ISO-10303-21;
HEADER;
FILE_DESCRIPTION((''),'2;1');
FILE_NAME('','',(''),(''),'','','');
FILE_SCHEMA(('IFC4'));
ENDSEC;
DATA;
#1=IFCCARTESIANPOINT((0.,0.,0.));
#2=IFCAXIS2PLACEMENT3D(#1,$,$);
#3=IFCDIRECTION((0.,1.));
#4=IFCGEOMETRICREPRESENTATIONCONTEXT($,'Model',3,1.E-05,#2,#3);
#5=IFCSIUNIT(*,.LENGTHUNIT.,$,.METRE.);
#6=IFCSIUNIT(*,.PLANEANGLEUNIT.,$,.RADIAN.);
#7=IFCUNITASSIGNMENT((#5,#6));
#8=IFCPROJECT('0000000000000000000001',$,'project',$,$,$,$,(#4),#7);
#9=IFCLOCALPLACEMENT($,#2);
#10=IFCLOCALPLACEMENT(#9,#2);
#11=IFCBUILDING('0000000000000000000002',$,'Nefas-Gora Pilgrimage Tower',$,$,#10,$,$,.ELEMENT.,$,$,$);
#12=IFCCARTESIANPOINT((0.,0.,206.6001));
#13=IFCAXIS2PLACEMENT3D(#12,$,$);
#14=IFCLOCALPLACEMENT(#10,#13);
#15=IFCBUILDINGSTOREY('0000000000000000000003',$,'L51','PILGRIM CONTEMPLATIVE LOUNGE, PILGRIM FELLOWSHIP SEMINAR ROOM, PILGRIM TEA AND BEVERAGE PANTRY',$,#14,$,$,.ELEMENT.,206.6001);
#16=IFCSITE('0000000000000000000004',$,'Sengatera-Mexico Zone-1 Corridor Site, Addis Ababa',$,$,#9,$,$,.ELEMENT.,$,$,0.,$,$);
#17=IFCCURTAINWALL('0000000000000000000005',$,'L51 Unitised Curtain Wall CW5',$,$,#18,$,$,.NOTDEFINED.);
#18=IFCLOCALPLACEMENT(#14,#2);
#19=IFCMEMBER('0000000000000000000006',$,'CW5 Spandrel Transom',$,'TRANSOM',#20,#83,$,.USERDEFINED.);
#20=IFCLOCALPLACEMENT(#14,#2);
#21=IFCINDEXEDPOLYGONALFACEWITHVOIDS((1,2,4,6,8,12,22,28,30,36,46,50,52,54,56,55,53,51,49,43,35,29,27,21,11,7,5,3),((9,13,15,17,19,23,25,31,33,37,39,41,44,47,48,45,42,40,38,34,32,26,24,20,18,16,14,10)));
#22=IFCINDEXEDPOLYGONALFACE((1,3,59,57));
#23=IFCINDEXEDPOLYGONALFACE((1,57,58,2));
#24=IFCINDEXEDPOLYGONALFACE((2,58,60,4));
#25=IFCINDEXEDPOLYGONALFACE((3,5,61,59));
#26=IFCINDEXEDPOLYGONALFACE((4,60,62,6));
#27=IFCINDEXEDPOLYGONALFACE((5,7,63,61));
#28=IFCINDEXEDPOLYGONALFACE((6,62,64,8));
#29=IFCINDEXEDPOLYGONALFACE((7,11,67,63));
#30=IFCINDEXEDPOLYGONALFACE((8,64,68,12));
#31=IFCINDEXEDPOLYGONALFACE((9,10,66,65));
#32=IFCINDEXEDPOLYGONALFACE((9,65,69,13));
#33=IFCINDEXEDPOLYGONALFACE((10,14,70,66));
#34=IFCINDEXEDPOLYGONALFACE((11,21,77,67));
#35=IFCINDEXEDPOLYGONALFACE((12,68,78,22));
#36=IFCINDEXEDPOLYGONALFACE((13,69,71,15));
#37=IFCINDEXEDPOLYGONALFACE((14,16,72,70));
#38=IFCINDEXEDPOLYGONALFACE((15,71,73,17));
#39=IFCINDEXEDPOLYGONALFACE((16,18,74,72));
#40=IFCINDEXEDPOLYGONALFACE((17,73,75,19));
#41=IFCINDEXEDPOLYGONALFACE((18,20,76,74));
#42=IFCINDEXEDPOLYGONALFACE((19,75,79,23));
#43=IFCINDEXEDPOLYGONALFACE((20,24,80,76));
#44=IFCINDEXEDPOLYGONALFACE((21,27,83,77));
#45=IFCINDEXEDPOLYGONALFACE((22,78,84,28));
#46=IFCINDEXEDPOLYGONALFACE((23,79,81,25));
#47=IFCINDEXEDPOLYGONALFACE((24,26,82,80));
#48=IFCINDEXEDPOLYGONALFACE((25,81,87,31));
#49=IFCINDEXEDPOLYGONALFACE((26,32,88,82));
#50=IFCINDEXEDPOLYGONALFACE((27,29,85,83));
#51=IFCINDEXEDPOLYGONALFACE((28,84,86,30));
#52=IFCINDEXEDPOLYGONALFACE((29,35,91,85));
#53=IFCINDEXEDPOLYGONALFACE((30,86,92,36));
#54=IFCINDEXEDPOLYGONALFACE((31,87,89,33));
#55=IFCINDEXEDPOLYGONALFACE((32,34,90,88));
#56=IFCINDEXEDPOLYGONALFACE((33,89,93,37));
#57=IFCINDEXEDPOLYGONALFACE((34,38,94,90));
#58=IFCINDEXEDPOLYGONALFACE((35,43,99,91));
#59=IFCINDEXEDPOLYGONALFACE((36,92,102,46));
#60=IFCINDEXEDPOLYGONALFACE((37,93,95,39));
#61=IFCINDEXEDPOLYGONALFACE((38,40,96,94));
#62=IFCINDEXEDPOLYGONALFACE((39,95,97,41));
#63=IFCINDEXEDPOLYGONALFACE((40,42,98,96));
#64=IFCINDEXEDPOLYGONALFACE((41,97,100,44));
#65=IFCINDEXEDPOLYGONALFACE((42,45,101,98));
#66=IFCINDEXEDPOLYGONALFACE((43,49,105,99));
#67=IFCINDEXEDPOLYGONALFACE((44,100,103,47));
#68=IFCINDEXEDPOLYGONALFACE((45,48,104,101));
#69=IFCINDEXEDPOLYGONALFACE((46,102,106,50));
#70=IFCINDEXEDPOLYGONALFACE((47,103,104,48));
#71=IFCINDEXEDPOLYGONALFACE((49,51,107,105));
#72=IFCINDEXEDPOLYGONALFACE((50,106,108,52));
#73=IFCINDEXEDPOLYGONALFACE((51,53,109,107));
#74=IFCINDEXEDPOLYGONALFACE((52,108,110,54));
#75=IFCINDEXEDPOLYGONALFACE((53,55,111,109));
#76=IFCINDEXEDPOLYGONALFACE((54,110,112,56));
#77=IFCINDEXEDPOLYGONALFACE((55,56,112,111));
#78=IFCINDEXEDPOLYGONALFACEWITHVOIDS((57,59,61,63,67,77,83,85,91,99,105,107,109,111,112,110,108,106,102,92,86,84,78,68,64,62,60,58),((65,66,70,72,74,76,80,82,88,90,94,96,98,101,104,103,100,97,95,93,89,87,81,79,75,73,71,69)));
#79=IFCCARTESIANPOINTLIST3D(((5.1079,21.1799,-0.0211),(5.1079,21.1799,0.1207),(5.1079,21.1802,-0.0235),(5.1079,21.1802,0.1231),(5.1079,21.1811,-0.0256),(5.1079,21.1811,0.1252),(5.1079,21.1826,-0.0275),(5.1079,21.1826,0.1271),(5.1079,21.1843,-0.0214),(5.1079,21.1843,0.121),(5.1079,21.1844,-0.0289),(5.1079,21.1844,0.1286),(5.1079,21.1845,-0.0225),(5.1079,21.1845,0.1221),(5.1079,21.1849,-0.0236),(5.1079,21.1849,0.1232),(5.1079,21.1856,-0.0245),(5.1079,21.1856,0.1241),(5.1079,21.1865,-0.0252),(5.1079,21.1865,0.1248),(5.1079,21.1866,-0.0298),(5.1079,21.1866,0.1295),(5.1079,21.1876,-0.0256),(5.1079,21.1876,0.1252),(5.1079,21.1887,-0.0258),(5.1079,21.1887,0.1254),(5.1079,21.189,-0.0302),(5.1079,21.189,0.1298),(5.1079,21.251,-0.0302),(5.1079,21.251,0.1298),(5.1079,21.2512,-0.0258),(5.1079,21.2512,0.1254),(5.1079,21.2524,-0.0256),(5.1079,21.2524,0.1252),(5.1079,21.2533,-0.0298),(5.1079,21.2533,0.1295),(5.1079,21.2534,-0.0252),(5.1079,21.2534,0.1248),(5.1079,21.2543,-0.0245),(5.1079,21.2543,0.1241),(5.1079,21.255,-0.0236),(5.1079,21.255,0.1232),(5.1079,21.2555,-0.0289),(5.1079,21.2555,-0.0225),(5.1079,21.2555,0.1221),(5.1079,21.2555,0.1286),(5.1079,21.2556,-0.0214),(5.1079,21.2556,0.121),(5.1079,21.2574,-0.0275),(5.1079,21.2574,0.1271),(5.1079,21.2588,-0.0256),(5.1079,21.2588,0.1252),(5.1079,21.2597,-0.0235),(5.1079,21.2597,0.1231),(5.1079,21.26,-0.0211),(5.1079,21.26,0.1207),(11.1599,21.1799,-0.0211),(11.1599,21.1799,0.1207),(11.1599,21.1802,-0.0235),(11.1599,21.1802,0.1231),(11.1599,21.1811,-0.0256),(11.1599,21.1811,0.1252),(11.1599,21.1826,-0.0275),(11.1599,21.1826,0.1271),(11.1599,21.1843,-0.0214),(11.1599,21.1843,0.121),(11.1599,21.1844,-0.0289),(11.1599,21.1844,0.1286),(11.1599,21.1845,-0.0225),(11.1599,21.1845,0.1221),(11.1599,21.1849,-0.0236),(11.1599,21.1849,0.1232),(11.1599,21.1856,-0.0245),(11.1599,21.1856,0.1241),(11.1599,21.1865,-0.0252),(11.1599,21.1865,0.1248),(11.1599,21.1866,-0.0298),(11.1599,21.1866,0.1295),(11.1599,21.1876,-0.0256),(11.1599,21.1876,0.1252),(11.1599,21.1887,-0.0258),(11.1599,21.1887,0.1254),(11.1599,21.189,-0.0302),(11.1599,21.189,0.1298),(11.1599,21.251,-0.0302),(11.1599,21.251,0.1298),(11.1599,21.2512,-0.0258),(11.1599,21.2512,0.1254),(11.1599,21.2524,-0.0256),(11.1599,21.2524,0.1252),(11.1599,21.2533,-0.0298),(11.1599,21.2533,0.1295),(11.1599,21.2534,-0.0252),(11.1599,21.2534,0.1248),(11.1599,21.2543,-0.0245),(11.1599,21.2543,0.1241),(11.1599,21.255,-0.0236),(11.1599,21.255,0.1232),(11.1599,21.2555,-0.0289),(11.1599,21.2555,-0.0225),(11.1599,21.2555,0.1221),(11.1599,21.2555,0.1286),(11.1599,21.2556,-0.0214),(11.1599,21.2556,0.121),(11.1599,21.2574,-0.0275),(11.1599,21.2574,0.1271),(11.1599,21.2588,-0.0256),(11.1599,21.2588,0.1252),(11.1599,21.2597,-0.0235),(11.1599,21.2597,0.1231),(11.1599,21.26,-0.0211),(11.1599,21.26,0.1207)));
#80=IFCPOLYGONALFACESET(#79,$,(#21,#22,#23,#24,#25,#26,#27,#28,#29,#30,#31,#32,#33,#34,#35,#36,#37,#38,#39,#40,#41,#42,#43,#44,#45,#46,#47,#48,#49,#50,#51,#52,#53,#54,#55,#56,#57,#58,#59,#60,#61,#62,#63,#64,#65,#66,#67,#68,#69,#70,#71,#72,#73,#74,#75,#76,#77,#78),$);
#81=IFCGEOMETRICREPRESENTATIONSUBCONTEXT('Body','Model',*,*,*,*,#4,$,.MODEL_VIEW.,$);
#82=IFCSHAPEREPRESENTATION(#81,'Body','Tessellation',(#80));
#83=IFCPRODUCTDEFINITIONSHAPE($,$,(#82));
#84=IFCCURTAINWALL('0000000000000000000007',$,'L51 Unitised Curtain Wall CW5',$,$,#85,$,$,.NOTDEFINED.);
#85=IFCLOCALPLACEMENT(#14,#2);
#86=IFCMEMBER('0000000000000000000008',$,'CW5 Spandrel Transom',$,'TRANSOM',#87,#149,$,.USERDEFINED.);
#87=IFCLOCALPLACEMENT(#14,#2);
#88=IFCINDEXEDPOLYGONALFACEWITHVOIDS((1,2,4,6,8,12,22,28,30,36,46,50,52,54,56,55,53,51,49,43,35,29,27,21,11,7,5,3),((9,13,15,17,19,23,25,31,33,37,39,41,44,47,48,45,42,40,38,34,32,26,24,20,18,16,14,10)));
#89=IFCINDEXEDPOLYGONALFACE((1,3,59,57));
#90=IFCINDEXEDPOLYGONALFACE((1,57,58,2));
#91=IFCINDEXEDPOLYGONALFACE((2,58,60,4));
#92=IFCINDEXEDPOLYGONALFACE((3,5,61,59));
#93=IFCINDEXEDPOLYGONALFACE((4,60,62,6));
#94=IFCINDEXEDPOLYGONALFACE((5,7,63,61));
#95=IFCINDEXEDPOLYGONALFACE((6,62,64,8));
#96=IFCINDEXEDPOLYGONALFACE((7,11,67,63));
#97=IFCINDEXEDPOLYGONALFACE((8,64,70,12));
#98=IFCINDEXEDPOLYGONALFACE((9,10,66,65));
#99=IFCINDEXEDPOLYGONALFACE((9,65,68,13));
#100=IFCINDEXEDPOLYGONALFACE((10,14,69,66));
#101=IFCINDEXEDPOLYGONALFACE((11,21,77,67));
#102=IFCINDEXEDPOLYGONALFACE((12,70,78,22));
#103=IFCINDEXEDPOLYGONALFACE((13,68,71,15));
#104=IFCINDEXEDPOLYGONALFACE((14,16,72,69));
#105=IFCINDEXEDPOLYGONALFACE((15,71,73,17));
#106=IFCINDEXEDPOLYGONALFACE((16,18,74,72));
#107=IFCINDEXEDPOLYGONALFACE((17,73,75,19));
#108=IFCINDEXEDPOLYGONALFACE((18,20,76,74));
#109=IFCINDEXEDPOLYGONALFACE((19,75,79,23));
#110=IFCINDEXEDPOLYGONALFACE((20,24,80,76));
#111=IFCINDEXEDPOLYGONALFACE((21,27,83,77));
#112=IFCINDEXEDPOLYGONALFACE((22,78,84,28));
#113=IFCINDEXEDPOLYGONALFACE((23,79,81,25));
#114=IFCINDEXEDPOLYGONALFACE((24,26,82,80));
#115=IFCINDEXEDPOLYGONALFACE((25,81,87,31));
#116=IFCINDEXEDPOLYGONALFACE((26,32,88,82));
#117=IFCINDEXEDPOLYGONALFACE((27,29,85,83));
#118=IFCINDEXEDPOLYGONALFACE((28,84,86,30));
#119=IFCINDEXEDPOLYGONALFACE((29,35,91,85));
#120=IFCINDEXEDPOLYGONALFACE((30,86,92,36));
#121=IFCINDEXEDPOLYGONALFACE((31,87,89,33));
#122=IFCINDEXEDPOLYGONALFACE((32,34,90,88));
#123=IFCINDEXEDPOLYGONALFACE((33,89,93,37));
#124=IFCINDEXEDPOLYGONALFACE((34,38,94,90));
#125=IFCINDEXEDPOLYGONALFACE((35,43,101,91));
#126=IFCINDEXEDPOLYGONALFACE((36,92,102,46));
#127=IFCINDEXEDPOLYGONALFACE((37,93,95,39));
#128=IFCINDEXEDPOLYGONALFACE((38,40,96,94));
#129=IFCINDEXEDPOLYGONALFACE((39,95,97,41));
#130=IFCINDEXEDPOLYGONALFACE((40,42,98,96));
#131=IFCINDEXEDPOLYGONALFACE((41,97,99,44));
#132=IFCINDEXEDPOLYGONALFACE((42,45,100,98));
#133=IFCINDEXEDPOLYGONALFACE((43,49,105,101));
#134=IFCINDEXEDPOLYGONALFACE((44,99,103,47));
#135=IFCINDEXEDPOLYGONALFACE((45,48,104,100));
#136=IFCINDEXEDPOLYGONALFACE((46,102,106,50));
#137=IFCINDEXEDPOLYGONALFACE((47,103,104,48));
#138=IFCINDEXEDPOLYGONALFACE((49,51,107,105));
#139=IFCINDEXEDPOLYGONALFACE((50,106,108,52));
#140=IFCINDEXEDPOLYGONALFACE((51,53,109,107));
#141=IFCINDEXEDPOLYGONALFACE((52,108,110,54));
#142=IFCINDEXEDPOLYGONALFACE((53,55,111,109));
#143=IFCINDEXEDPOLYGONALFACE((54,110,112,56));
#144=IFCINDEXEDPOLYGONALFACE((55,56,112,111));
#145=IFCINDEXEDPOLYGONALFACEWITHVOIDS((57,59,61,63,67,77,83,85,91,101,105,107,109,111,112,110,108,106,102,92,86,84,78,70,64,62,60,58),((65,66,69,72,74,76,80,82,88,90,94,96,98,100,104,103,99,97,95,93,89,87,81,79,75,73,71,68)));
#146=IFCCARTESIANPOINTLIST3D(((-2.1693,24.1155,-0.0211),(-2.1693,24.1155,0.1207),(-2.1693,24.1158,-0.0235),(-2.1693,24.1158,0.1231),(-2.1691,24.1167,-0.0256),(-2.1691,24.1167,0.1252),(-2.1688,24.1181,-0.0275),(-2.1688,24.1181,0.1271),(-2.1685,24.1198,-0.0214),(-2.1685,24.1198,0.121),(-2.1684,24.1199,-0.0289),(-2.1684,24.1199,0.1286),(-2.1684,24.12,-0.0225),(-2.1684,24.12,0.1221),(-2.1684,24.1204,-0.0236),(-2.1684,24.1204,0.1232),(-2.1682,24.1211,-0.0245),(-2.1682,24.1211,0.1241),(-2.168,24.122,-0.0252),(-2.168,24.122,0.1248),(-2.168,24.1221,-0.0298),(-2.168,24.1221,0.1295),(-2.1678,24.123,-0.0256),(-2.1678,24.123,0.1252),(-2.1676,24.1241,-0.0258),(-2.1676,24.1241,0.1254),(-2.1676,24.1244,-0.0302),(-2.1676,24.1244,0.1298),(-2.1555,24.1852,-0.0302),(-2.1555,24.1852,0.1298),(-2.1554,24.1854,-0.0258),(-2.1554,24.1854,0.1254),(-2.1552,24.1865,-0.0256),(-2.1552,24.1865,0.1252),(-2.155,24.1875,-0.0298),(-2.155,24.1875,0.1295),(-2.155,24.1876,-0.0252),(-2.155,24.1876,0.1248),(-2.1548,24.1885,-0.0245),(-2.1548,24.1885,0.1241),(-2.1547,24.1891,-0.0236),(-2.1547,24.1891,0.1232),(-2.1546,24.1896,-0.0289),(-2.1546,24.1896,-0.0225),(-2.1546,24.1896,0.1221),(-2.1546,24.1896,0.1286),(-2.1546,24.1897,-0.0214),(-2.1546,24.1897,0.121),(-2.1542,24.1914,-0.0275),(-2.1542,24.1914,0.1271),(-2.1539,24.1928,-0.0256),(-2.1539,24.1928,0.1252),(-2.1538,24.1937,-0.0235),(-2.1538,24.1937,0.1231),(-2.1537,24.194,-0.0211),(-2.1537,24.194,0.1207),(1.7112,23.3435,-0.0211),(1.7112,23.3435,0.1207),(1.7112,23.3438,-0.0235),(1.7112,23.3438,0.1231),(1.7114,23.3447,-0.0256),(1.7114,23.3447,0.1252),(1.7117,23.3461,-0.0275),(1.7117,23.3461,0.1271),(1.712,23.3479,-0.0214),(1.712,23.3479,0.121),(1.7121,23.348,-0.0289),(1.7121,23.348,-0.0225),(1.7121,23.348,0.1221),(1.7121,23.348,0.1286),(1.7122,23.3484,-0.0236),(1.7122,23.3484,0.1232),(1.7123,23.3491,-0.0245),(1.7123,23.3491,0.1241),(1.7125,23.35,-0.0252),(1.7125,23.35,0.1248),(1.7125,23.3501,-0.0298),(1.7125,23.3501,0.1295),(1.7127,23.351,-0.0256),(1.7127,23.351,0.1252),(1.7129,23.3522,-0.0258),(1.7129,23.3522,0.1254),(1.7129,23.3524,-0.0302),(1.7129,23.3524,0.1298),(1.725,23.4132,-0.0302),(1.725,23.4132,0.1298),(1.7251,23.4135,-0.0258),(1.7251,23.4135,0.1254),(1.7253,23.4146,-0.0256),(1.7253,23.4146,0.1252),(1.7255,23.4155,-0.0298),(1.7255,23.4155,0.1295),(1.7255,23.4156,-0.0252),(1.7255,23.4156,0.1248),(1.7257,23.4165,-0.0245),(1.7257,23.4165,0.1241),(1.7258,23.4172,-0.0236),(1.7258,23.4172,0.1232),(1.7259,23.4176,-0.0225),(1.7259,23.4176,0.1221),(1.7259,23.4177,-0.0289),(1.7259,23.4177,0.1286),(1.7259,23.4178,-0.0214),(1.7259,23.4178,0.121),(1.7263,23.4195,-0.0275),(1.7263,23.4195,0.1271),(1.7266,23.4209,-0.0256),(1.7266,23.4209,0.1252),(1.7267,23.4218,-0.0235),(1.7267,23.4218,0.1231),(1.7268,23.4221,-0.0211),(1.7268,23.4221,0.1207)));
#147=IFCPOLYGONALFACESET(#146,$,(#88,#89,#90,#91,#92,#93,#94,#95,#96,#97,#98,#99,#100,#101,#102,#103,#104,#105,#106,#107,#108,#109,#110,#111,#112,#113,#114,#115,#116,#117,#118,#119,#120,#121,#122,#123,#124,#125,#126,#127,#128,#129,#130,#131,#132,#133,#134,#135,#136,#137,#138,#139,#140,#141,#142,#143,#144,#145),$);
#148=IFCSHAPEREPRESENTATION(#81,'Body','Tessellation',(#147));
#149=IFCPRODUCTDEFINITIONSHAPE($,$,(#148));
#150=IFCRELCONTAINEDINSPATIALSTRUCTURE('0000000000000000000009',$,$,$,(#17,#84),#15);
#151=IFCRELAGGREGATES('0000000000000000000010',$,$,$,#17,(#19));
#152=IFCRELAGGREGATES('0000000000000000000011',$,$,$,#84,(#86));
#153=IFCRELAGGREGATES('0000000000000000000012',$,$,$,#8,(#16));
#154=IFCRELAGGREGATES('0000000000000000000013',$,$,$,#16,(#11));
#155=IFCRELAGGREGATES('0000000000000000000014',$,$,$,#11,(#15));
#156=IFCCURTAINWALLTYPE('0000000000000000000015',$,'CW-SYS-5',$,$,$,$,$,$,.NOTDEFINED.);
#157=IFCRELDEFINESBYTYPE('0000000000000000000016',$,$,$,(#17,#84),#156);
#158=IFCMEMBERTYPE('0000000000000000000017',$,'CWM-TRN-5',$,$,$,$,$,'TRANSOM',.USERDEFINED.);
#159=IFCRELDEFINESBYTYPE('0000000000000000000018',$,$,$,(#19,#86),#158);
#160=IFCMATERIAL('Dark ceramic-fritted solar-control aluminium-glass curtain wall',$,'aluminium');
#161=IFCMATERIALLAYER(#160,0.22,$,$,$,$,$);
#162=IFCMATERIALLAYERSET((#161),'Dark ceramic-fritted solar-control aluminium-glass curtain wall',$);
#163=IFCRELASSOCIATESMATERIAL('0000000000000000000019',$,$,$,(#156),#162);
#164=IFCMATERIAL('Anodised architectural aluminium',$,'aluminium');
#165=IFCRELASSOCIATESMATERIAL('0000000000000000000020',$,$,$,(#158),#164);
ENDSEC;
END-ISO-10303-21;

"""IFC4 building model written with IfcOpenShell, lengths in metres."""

from ifc_helpers import new_model, si_unit, direction, frame, origin, origin_2d, place, context, subcontext, project, spatial, hollow_rectangle, extrude, source, transform, mapped, material, layer, layer_set, material_profile, profile_set, type_object, element, aggregate, save


model = new_model("IFC4")

# Units and contexts
model_context = context("Model", 3, precision=1e-05, world=origin(), true_north=direction((0.0, 1.0)))
body_context = subcontext(model_context, "Body", "Model", "MODEL_VIEW")
ifc_project = project(units=[si_unit("LENGTHUNIT", "METRE"), si_unit("PLANEANGLEUNIT", "RADIAN")], contexts=[model_context])

# Site, building, storey
site_placement = place(None, origin())
site = spatial("IfcSite", under=ifc_project, at=site_placement, Name="Sengatera-Mexico Zone-1 Corridor Site, Addis Ababa", CompositionType="ELEMENT", RefElevation=0.0)
building_placement = place(site_placement, origin())
building = spatial("IfcBuilding", under=site, at=building_placement, Name="Nefas-Gora Pilgrimage Tower", CompositionType="ELEMENT")
storey_placement = place(building_placement, frame((0.0, 0.0, 206.6001)))
storey = spatial("IfcBuildingStorey", under=building, at=storey_placement, Name="L51", Description="PILGRIM CONTEMPLATIVE LOUNGE, PILGRIM FELLOWSHIP SEMINAR ROOM, PILGRIM TEA AND BEVERAGE PANTRY", CompositionType="ELEMENT", Elevation=206.6001)

# Curtain walls, members
ifc_material_1 = material(Name="Dark ceramic-fritted solar-control aluminium-glass curtain wall", Category="aluminium")
ifc_layer_1 = layer(ifc_material_1, 0.22)
ifc_layer_set_1 = layer_set([ifc_layer_1], Name="Dark ceramic-fritted solar-control aluminium-glass curtain wall")
curtain_wall_type_1 = type_object("IfcCurtainWallType", Name="CW-SYS-5", PredefinedType="NOTDEFINED", material=ifc_layer_set_1)
curtain_wall_1_placement = place(storey_placement, origin())
curtain_wall_1 = element("IfcCurtainWall", 1, at=curtain_wall_1_placement, inside=storey, type_object=curtain_wall_type_1, Name="L51 Unitised Curtain Wall CW5", PredefinedType="NOTDEFINED")
ifc_material_2 = material(Name="Anodised architectural aluminium", Category="aluminium")
ifc_material_profile_1 = material_profile(ifc_material_2, hollow_rectangle(XDim=0.0801, YDim=0.1599, WallThickness=0.0044, InnerFilletRadius=0.0044, OuterFilletRadius=0.009, at=origin_2d()), Name="ALU TRANSOM 80x160")
ifc_profile_set_1 = profile_set([ifc_material_profile_1], Name="Anodised architectural aluminium")
member_type_1 = type_object("IfcMemberType", Name="CWM-TRN-5", ElementType="TRANSOM", PredefinedType="USERDEFINED", material=ifc_profile_set_1)
shared_shape_1 = source(origin(), body_context, "Body", "SweptSolid", [
    extrude(hollow_rectangle(XDim=0.0801, YDim=0.1599, WallThickness=0.0044, InnerFilletRadius=0.0044, OuterFilletRadius=0.009, at=origin_2d()), origin(), (0.0, 0.0, 1.0), 6.052),
])
member_1_placement = place(storey_placement, frame((11.1599, 21.22, 0.0498), z_axis=(-1.0, 0.0, 0.0), x_axis=(0.0, -1.0, 0.0)))
member_1 = element("IfcMember", 2, at=member_1_placement, type_object=member_type_1, Name="CW5 Spandrel Transom", ObjectType="TRANSOM", PredefinedType="USERDEFINED", context=body_context, shape_type="MappedRepresentation", body=[
    mapped(shared_shape_1, transform((0.0, 0.0, 0.0), x_axis=(1.0, 0.0, 0.0), y_axis=(0.0, 1.0, 0.0), z_axis=(0.0, 0.0, 1.0), scale=1.0)),
])
curtain_wall_2_placement = place(storey_placement, origin())
curtain_wall_2 = element("IfcCurtainWall", 3, at=curtain_wall_2_placement, inside=storey, type_object=curtain_wall_type_1, Name="L51 Unitised Curtain Wall CW5", PredefinedType="NOTDEFINED")
shared_shape_2 = source(origin(), body_context, "Body", "SweptSolid", [
    extrude(hollow_rectangle(XDim=0.0801, YDim=0.1599, WallThickness=0.0044, InnerFilletRadius=0.0044, OuterFilletRadius=0.009, at=origin_2d()), origin(), (0.0, 0.0, 1.0), 3.9565),
])
member_2_placement = place(storey_placement, frame((1.719, 23.3828, 0.0498), z_axis=(-0.980782, 0.195107, 0.0), x_axis=(-0.195107, -0.980782, 0.0)))
member_2 = element("IfcMember", 4, at=member_2_placement, type_object=member_type_1, Name="CW5 Spandrel Transom", ObjectType="TRANSOM", PredefinedType="USERDEFINED", context=body_context, shape_type="MappedRepresentation", body=[
    mapped(shared_shape_2, transform((0.0, 0.0, 0.0), x_axis=(1.0, 0.0, 0.0), y_axis=(0.0, 1.0, 0.0), z_axis=(0.0, 0.0, 1.0), scale=1.0)),
])

aggregate(curtain_wall_1, [member_1])
aggregate(curtain_wall_2, [member_2])

save(model, "model.ifc")
